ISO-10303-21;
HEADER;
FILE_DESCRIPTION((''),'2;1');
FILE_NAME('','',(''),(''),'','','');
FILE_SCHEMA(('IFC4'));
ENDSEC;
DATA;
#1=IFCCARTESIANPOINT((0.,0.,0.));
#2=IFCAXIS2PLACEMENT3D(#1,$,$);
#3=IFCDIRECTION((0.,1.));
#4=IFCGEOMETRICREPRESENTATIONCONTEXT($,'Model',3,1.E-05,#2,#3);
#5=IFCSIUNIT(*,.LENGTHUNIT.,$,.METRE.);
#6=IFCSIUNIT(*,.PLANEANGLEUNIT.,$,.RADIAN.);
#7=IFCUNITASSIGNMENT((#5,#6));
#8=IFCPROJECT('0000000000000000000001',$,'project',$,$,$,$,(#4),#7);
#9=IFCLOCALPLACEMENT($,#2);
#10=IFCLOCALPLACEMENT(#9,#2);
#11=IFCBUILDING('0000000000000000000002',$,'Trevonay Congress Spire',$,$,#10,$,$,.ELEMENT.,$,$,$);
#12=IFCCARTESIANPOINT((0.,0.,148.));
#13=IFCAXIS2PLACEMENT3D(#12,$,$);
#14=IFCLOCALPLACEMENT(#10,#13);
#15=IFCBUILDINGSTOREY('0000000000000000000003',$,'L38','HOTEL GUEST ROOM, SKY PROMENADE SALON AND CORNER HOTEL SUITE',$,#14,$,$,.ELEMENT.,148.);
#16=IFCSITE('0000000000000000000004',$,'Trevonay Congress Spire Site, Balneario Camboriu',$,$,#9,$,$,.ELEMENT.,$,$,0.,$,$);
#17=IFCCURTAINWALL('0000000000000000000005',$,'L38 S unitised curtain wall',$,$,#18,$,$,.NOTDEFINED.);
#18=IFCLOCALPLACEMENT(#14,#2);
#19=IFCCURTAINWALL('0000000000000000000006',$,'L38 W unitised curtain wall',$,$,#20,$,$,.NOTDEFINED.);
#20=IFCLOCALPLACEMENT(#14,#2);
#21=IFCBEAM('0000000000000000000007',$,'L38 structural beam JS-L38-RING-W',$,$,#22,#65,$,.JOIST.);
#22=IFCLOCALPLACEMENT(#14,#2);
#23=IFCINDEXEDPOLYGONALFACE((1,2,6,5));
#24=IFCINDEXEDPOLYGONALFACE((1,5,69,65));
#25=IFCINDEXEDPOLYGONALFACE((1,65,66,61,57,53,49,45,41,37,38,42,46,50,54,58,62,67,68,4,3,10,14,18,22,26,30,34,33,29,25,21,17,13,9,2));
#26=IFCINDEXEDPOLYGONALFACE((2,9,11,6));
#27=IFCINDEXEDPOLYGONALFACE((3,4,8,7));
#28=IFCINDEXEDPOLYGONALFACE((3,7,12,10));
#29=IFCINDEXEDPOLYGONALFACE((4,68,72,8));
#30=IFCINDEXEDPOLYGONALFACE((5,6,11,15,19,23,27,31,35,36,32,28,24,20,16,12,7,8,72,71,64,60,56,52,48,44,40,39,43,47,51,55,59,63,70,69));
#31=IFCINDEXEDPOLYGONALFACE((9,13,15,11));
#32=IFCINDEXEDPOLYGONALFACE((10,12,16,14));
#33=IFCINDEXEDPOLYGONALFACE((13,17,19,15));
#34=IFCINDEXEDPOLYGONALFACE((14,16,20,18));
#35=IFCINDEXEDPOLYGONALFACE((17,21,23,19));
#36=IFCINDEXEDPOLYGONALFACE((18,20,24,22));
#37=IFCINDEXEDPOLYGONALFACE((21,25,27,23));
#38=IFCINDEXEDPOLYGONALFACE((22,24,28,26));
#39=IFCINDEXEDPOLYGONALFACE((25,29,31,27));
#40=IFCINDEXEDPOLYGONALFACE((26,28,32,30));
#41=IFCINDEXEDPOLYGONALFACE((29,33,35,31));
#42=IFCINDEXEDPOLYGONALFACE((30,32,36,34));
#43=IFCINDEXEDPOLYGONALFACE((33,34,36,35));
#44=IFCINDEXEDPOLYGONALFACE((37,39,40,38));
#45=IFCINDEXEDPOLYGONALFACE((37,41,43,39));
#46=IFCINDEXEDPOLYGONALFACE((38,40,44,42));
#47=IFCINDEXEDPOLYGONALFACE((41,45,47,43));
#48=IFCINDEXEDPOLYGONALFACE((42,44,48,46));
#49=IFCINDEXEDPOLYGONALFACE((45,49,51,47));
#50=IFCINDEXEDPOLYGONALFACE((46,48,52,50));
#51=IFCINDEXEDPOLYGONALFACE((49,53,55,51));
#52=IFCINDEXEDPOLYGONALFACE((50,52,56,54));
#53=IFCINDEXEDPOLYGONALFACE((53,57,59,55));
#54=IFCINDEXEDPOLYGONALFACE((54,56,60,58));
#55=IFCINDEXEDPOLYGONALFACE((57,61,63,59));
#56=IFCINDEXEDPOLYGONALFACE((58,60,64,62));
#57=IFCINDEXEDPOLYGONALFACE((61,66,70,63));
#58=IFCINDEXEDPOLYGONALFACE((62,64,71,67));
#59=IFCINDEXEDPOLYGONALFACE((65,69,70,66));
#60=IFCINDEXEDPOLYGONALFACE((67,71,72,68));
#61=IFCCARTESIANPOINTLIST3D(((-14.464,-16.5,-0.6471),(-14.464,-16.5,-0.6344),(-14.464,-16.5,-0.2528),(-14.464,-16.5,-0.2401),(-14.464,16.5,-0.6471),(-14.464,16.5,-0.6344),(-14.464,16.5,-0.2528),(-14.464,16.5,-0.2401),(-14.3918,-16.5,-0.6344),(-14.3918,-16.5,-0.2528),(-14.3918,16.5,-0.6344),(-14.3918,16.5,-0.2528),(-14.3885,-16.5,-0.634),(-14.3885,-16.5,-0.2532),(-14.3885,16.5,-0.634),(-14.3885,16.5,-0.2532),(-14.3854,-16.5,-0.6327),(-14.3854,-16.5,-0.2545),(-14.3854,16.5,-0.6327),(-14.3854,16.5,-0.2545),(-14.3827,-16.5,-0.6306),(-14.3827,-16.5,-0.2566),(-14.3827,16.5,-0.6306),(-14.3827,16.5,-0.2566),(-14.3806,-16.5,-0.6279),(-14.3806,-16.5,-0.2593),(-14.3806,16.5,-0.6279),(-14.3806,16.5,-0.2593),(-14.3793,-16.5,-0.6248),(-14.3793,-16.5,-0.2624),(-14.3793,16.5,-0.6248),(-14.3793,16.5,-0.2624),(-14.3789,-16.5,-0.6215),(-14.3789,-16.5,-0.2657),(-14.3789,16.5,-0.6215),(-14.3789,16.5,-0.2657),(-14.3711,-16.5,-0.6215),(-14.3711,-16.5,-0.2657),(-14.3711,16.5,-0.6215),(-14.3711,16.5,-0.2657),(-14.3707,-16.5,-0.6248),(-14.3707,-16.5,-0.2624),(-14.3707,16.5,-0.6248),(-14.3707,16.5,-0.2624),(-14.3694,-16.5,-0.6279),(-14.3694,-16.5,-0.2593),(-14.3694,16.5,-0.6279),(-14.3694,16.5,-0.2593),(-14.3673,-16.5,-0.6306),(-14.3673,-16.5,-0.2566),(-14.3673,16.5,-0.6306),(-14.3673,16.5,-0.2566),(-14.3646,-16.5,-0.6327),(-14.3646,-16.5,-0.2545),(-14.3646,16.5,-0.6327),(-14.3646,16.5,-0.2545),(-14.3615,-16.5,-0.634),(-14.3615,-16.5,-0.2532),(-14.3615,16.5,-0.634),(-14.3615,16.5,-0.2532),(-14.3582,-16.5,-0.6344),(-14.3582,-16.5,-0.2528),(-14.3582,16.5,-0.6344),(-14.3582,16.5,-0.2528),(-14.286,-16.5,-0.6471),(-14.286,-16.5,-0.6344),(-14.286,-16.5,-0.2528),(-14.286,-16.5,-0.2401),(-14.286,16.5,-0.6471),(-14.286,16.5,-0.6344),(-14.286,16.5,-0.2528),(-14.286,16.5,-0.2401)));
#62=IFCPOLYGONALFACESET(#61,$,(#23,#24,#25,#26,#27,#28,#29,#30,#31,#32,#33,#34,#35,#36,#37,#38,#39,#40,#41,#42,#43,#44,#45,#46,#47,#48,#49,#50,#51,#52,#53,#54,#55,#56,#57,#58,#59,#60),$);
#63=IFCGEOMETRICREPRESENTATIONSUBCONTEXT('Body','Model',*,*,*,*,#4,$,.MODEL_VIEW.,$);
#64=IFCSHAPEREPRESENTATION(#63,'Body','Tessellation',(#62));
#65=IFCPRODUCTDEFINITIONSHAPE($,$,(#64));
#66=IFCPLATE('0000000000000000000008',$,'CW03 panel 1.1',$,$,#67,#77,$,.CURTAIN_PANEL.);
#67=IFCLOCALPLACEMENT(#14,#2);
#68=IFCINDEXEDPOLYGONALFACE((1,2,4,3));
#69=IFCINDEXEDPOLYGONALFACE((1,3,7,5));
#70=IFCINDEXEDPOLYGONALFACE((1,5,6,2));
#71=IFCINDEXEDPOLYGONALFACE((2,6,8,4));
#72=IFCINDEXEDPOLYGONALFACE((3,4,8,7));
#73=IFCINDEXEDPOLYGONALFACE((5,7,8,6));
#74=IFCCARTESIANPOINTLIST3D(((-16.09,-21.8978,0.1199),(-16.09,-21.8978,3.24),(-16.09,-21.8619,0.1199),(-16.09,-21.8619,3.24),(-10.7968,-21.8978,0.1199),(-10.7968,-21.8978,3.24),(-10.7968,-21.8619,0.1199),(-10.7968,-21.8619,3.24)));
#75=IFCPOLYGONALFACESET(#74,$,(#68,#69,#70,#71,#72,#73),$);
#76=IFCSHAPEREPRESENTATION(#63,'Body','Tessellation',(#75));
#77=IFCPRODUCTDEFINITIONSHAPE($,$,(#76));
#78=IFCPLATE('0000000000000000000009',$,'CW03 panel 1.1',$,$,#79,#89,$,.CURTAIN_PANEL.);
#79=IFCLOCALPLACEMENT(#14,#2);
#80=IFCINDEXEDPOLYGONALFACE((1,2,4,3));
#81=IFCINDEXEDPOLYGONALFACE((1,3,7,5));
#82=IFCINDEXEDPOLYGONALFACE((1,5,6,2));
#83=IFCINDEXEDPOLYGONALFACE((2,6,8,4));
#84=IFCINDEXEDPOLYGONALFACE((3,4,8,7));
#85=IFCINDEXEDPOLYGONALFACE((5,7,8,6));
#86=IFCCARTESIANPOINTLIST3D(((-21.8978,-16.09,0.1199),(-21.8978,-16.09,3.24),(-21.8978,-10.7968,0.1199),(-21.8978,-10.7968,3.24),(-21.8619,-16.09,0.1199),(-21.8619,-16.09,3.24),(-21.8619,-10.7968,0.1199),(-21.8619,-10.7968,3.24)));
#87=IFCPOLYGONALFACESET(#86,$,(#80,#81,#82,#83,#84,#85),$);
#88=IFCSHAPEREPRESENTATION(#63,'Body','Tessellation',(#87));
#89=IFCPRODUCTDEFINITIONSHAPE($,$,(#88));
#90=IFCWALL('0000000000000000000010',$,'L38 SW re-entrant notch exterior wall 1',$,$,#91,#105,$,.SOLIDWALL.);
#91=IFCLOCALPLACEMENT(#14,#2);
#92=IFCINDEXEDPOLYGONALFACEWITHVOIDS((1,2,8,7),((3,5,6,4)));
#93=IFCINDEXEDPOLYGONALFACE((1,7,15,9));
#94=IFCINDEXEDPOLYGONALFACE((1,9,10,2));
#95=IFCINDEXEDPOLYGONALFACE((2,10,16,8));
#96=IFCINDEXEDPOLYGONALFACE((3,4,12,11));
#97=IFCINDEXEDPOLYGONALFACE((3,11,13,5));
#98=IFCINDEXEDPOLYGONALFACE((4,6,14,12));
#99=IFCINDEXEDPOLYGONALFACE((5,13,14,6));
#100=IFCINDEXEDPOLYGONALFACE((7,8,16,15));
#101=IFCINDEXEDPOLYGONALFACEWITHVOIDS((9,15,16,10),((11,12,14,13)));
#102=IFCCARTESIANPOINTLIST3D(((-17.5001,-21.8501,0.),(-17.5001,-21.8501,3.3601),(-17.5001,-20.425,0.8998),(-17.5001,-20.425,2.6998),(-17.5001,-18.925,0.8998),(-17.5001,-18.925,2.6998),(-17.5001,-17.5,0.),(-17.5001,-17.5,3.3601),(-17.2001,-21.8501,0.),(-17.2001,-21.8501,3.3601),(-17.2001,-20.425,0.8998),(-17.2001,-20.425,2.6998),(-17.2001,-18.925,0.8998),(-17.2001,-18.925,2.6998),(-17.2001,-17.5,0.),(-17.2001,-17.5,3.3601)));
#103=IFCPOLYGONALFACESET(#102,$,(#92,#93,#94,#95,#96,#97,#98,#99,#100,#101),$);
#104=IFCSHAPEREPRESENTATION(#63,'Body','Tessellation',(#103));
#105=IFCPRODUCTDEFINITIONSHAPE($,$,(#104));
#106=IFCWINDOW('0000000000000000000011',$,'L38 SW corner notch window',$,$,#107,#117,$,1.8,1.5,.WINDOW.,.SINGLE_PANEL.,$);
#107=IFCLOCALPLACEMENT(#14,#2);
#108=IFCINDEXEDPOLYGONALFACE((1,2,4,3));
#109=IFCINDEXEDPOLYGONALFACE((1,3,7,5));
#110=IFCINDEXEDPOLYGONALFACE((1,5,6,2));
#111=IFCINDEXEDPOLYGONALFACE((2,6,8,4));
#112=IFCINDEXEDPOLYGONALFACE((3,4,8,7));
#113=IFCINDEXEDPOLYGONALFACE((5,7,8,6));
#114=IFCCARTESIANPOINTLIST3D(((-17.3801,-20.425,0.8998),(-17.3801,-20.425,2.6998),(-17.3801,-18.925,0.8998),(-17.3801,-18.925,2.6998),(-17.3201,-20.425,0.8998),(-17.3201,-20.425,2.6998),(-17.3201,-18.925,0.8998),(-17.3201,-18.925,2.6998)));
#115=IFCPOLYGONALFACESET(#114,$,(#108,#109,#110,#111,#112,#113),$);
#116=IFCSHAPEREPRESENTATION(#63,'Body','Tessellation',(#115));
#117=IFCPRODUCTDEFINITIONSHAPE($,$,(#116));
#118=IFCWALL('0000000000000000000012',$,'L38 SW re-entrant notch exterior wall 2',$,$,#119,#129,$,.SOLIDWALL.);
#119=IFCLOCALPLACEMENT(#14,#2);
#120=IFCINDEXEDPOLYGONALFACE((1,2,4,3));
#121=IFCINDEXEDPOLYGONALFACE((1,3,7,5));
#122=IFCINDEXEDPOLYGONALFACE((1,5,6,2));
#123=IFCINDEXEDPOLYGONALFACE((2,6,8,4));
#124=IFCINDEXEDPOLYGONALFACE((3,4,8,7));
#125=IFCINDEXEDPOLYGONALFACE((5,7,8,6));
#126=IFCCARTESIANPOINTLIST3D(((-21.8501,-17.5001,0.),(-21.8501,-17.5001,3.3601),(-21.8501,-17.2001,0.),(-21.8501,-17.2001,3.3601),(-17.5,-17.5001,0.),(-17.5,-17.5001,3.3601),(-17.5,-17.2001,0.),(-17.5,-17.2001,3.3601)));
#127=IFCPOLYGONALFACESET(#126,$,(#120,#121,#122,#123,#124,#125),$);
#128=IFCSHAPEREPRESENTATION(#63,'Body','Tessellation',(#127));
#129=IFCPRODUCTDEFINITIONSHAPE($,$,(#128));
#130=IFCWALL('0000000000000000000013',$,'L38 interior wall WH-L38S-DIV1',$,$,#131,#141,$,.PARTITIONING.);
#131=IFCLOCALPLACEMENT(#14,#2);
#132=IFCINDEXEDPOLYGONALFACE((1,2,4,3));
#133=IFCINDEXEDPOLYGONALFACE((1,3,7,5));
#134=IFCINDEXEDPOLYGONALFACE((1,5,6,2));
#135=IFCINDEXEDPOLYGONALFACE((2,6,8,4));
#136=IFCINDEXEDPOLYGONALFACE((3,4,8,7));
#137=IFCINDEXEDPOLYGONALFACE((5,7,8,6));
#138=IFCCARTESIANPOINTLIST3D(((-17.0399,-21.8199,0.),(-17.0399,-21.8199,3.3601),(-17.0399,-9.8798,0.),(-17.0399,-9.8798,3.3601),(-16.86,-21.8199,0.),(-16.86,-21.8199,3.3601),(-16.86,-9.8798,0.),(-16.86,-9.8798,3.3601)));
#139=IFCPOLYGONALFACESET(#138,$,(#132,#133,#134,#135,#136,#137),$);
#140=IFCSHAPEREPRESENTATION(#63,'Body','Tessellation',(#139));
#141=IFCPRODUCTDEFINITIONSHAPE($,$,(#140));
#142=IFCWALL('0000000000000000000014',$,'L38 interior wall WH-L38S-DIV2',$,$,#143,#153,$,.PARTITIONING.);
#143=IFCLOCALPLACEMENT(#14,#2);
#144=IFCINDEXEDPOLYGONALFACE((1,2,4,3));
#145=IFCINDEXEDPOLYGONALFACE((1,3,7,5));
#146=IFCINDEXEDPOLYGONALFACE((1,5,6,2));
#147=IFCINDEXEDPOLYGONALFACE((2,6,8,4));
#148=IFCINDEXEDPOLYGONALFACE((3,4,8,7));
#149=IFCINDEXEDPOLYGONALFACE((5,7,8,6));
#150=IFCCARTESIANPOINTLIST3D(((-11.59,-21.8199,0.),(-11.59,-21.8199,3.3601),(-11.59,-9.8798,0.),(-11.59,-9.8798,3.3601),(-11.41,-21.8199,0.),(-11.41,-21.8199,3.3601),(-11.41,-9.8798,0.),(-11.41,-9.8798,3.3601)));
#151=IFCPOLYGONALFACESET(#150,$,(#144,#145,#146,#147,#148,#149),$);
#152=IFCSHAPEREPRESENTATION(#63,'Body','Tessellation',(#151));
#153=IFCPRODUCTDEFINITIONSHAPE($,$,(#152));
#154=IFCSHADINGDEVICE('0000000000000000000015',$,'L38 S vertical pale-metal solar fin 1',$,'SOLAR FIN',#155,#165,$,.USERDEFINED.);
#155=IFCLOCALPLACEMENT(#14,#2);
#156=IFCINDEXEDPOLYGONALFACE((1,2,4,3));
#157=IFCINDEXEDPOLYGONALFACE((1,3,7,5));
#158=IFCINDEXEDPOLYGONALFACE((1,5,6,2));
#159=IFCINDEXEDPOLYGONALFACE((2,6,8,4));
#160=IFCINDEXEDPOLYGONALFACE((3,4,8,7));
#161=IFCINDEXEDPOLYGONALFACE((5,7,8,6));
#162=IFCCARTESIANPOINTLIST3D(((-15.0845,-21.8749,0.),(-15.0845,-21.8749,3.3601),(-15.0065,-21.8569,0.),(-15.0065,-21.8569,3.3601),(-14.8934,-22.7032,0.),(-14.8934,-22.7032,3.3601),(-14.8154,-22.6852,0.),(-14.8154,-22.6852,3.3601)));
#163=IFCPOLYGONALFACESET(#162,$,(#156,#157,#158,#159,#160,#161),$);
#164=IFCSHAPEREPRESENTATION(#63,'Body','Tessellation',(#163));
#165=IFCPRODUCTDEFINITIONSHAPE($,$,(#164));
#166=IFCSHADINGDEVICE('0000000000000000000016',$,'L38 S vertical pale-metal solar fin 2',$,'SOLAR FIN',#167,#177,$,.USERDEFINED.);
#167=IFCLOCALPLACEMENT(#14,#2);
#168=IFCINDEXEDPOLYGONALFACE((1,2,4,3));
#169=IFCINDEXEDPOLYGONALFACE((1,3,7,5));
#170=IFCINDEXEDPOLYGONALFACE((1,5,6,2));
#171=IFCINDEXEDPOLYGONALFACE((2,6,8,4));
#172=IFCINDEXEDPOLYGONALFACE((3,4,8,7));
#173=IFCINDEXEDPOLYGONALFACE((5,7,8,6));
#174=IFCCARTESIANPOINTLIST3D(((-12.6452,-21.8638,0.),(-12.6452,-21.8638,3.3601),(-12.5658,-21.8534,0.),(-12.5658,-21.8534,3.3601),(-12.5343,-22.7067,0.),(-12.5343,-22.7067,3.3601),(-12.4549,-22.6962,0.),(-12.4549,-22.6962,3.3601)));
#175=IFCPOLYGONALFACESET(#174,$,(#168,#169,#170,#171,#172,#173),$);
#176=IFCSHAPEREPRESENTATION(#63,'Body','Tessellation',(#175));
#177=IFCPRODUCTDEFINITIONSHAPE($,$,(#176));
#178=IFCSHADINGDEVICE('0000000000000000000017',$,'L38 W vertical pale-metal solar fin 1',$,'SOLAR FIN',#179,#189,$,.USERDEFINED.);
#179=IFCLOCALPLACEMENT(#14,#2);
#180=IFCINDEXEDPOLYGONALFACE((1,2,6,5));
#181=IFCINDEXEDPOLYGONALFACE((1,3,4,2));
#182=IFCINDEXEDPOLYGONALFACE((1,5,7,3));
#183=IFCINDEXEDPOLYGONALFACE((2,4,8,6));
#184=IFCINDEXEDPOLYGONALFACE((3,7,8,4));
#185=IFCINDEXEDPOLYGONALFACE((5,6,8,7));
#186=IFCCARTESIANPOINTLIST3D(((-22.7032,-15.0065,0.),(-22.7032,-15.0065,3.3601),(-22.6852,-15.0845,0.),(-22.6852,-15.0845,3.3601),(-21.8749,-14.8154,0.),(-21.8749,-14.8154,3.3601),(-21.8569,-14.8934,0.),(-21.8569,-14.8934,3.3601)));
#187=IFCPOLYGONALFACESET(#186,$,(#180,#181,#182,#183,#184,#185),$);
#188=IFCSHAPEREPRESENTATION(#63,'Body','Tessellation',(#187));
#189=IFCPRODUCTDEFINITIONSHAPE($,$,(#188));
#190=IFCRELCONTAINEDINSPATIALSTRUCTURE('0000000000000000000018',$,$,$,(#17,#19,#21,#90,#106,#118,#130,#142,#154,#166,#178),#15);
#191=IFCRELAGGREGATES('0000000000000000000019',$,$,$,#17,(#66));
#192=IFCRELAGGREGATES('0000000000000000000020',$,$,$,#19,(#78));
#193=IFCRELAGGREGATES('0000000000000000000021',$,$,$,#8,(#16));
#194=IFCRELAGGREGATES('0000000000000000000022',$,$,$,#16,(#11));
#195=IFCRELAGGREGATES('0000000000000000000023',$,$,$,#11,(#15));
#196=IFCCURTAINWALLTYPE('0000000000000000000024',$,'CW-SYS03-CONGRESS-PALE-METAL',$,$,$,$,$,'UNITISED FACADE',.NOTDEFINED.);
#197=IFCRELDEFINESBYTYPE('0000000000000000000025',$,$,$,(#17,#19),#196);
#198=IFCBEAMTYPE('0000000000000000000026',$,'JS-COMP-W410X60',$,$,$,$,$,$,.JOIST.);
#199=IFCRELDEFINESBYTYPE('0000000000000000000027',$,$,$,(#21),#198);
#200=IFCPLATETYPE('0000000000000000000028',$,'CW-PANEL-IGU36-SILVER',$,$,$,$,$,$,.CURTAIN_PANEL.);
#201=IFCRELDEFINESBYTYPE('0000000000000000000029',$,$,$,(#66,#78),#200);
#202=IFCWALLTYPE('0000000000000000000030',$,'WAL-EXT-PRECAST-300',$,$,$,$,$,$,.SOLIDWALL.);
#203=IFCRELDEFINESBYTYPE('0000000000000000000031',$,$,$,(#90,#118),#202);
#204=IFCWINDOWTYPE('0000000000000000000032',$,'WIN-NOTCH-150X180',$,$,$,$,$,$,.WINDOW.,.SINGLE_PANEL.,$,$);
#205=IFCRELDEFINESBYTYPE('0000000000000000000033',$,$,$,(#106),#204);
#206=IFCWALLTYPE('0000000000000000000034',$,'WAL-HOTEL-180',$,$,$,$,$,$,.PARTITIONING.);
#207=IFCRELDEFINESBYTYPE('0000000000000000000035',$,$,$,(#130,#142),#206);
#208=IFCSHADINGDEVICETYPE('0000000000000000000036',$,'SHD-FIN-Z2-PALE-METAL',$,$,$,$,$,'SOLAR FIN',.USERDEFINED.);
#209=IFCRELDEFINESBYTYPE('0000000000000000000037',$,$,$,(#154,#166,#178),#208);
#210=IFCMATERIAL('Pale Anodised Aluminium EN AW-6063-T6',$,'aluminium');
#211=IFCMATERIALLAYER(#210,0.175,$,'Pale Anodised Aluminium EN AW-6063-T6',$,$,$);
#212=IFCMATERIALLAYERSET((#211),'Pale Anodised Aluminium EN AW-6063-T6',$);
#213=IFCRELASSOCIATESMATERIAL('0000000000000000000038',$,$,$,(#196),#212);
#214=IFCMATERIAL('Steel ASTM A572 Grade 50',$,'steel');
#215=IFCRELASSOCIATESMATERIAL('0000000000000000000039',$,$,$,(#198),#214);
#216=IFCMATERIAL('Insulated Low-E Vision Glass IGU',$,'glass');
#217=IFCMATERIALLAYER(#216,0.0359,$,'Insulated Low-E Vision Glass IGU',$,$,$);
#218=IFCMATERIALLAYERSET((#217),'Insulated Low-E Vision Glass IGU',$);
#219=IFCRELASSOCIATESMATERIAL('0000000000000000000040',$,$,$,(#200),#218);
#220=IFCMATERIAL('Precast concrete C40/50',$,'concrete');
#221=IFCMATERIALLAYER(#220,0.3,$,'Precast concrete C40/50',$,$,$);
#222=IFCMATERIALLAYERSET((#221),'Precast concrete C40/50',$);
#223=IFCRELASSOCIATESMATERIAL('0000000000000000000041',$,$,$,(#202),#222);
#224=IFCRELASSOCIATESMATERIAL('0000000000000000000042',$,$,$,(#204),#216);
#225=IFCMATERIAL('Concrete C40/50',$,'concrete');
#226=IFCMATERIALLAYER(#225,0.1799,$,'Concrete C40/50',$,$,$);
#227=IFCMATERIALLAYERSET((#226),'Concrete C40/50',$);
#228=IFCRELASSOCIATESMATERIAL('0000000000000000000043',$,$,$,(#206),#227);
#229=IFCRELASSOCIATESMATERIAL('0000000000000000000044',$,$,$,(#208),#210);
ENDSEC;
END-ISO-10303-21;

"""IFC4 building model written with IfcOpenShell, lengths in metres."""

from ifc_helpers import new_model, si_unit, direction, frame, frame_2d, origin, origin_2d, place, context, subcontext, project, spatial, rectangle, i_section, extrude, material, layer, layer_set, material_profile, profile_set, type_object, element, fill, aggregate, save


model = new_model("IFC4")

# Units and contexts
model_context = context("Model", 3, precision=1e-05, world=origin(), true_north=direction((0.0, 1.0)))
body_context = subcontext(model_context, "Body", "Model", "MODEL_VIEW")
ifc_project = project(units=[si_unit("LENGTHUNIT", "METRE"), si_unit("PLANEANGLEUNIT", "RADIAN")], contexts=[model_context])

# Site, building, storey
site_placement = place(None, origin())
site = spatial("IfcSite", under=ifc_project, at=site_placement, Name="Trevonay Congress Spire Site, Balneario Camboriu", CompositionType="ELEMENT", RefElevation=0.0)
building_placement = place(site_placement, origin())
building = spatial("IfcBuilding", under=site, at=building_placement, Name="Trevonay Congress Spire", CompositionType="ELEMENT")
storey_placement = place(building_placement, frame((0.0, 0.0, 148.0)))
storey = spatial("IfcBuildingStorey", under=building, at=storey_placement, Name="L38", Description="HOTEL GUEST ROOM, SKY PROMENADE SALON AND CORNER HOTEL SUITE", CompositionType="ELEMENT", Elevation=148.0)

# Shared definitions
ifc_material_1 = material(Name="Steel ASTM A572 Grade 50", Category="steel")

# Curtain walls
ifc_material_2 = material(Name="Pale Anodised Aluminium EN AW-6063-T6", Category="aluminium")
ifc_layer_1 = layer(ifc_material_2, 0.175, Name="Pale Anodised Aluminium EN AW-6063-T6")
ifc_layer_set_1 = layer_set([ifc_layer_1], Name="Pale Anodised Aluminium EN AW-6063-T6")
curtain_wall_type = type_object("IfcCurtainWallType", Name="CW-SYS03-CONGRESS-PALE-METAL", ElementType="UNITISED FACADE", PredefinedType="NOTDEFINED", material=ifc_layer_set_1)
curtain_wall_1_placement = place(storey_placement, origin())
curtain_wall_1 = element("IfcCurtainWall", 1, at=curtain_wall_1_placement, inside=storey, type_object=curtain_wall_type, Name="L38 S unitised curtain wall", PredefinedType="NOTDEFINED")
curtain_wall_2_placement = place(storey_placement, origin())
curtain_wall_2 = element("IfcCurtainWall", 2, at=curtain_wall_2_placement, inside=storey, type_object=curtain_wall_type, Name="L38 W unitised curtain wall", PredefinedType="NOTDEFINED")

# Beam
ifc_material_profile_1 = material_profile(ifc_material_1, i_section(OverallWidth=0.178, OverallDepth=0.407, WebThickness=0.0078, FlangeThickness=0.0127, FilletRadius=0.0129, at=origin_2d()), Name="W410x60")
ifc_profile_set_1 = profile_set([ifc_material_profile_1], Name="Steel ASTM A572 Grade 50")
beam_type_1 = type_object("IfcBeamType", Name="JS-COMP-W410X60", PredefinedType="JOIST", material=ifc_profile_set_1)
for number, where, z_axis, x_axis, name in (
    (3, (-14.375, -16.5, -0.4436), (0.0, 1.0, 0.0), (-1.0, 0.0, 0.0), "L38 structural beam JS-L38-RING-W"),
):
    element("IfcBeam", number, at=place(storey_placement, frame(where, z_axis=z_axis, x_axis=x_axis)), inside=storey, type_object=beam_type_1, Name=name, PredefinedType="JOIST", context=body_context, shape_type="SweptSolid", body=[
        extrude(i_section(OverallWidth=0.178, OverallDepth=0.407, WebThickness=0.0078, FlangeThickness=0.0127, FilletRadius=0.0129, at=origin_2d()), origin(), (0.0, 0.0, 1.0), 33.0),
    ])

# Plates
ifc_material_3 = material(Name="Insulated Low-E Vision Glass IGU", Category="glass")
ifc_layer_2 = layer(ifc_material_3, 0.0359, Name="Insulated Low-E Vision Glass IGU")
ifc_layer_set_2 = layer_set([ifc_layer_2], Name="Insulated Low-E Vision Glass IGU")
plate_type = type_object("IfcPlateType", Name="CW-PANEL-IGU36-SILVER", PredefinedType="CURTAIN_PANEL", material=ifc_layer_set_2)
plate_1_placement = place(storey_placement, frame((-13.4434, -21.8799, 0.1199), z_axis=(0.0, 0.0, 1.0), x_axis=(1.0, 0.0, 0.0)))
plate_1 = element("IfcPlate", 4, at=plate_1_placement, type_object=plate_type, Name="CW03 panel 1.1", PredefinedType="CURTAIN_PANEL", context=body_context, shape_type="SweptSolid", body=[
    extrude(rectangle(XDim=5.2932, YDim=0.0359, at=origin_2d()), origin(), (0.0, 0.0, 1.0), 3.1201),
])
aggregate(curtain_wall_1, [plate_1])
plate_2_placement = place(storey_placement, frame((-21.8799, -13.4434, 0.1199), z_axis=(0.0, 0.0, 1.0), x_axis=(0.0, 1.0, 0.0)))
plate_2 = element("IfcPlate", 5, at=plate_2_placement, type_object=plate_type, Name="CW03 panel 1.1", PredefinedType="CURTAIN_PANEL", context=body_context, shape_type="SweptSolid", body=[
    extrude(rectangle(XDim=5.2932, YDim=0.0359, at=origin_2d()), origin(), (0.0, 0.0, 1.0), 3.1201),
])
aggregate(curtain_wall_2, [plate_2])

# Wall, opening, window
ifc_material_4 = material(Name="Precast concrete C40/50", Category="concrete")
ifc_layer_3 = layer(ifc_material_4, 0.3, Name="Precast concrete C40/50")
ifc_layer_set_3 = layer_set([ifc_layer_3], Name="Precast concrete C40/50")
wall_type_1 = type_object("IfcWallType", Name="WAL-EXT-PRECAST-300", PredefinedType="SOLIDWALL", material=ifc_layer_set_3)
wall_1_placement = place(storey_placement, frame((-17.3501, -21.8501, 0.0), z_axis=(0.0, 0.0, 1.0), x_axis=(0.0, 1.0, 0.0)))
wall_1 = element("IfcWall", 6, at=wall_1_placement, inside=storey, type_object=wall_type_1, Name="L38 SW re-entrant notch exterior wall 1", PredefinedType="SOLIDWALL", context=body_context, shape_type="SweptSolid", body=[
    extrude(rectangle(XDim=4.3501, YDim=0.3, at=frame_2d((2.175, 0.0))), origin(), (0.0, 0.0, 1.0), 3.3601),
])
opening_placement = place(wall_1_placement, frame((1.425, 0.0, 0.8999)))
opening = element("IfcOpeningElement", 7, at=opening_placement, cuts=wall_1, PredefinedType="OPENING", context=body_context, shape_type="SweptSolid", body=[
    extrude(rectangle(XDim=1.5, YDim=1.8, at=frame_2d((0.75, 0.8999))), frame((0.0, 0.1602, 0.0), z_axis=(0.0, -1.0, 0.0), x_axis=(1.0, 0.0, 0.0)), (0.0, 0.0, 1.0), 0.3201),
])
window_type = type_object("IfcWindowType", Name="WIN-NOTCH-150X180", PartitioningType="SINGLE_PANEL", PredefinedType="WINDOW", material=ifc_material_3)
window_placement = place(opening_placement, origin())
window = element("IfcWindow", 8, at=window_placement, inside=storey, type_object=window_type, Name="L38 SW corner notch window", OverallHeight=1.8, OverallWidth=1.5, PartitioningType="SINGLE_PANEL", PredefinedType="WINDOW", context=body_context, shape_type="SweptSolid", body=[
    extrude(rectangle(XDim=1.5, YDim=1.8, at=frame_2d((0.75, 0.8999))), frame((0.0, 0.03, 0.0), z_axis=(0.0, -1.0, 0.0), x_axis=(1.0, 0.0, 0.0)), (0.0, 0.0, 1.0), 0.0601),
])
fill(opening, window)

# Walls
wall_2_placement = place(storey_placement, frame((-21.8501, -17.3501, 0.0), z_axis=(0.0, 0.0, 1.0), x_axis=(1.0, 0.0, 0.0)))
element("IfcWall", 9, at=wall_2_placement, inside=storey, type_object=wall_type_1, Name="L38 SW re-entrant notch exterior wall 2", PredefinedType="SOLIDWALL", context=body_context, shape_type="SweptSolid", body=[
    extrude(rectangle(XDim=4.3501, YDim=0.3, at=frame_2d((2.175, 0.0))), origin(), (0.0, 0.0, 1.0), 3.3601),
])
ifc_material_5 = material(Name="Concrete C40/50", Category="concrete")
ifc_layer_4 = layer(ifc_material_5, 0.1799, Name="Concrete C40/50")
ifc_layer_set_4 = layer_set([ifc_layer_4], Name="Concrete C40/50")
wall_type_2 = type_object("IfcWallType", Name="WAL-HOTEL-180", PredefinedType="PARTITIONING", material=ifc_layer_set_4)
for number, where, z_axis, x_axis, name in (
    (10, (-16.95, -21.8201, 0.0), (0.0, 0.0, 1.0), (0.0, 1.0, 0.0), "L38 interior wall WH-L38S-DIV1"),
    (11, (-11.5, -21.8201, 0.0), (0.0, 0.0, 1.0), (0.0, 1.0, 0.0), "L38 interior wall WH-L38S-DIV2"),
):
    element("IfcWall", number, at=place(storey_placement, frame(where, z_axis=z_axis, x_axis=x_axis)), inside=storey, type_object=wall_type_2, Name=name, PredefinedType="PARTITIONING", context=body_context, shape_type="SweptSolid", body=[
        extrude(rectangle(XDim=11.9402, YDim=0.1799, at=frame_2d((5.9702, 0.0))), origin(), (0.0, 0.0, 1.0), 3.3601),
    ])

# Shading devices
shading_device_type = type_object("IfcShadingDeviceType", Name="SHD-FIN-Z2-PALE-METAL", ElementType="SOLAR FIN", PredefinedType="USERDEFINED", material=ifc_material_2)
for number, where, z_axis, x_axis, name in (
    (12, (-14.95, -22.28, 0.0), (0.0, 0.0, 1.0), (0.974409, 0.224781, 0.0), "L38 S vertical pale-metal solar fin 1"),
    (13, (-12.55, -22.28, 0.0), (0.0, 0.0, 1.0), (0.991445, 0.130526, 0.0), "L38 S vertical pale-metal solar fin 2"),
    (14, (-22.28, -14.95, 0.0), (0.0, 0.0, 1.0), (-0.224781, 0.974409, 0.0), "L38 W vertical pale-metal solar fin 1"),
):
    element("IfcShadingDevice", number, at=place(storey_placement, frame(where, z_axis=z_axis, x_axis=x_axis)), inside=storey, type_object=shading_device_type, Name=name, ObjectType="SOLAR FIN", PredefinedType="USERDEFINED", context=body_context, shape_type="SweptSolid", body=[
        extrude(rectangle(XDim=0.0801, YDim=0.8501, at=origin_2d()), origin(), (0.0, 0.0, 1.0), 3.3601),
    ])

save(model, "model.ifc")
